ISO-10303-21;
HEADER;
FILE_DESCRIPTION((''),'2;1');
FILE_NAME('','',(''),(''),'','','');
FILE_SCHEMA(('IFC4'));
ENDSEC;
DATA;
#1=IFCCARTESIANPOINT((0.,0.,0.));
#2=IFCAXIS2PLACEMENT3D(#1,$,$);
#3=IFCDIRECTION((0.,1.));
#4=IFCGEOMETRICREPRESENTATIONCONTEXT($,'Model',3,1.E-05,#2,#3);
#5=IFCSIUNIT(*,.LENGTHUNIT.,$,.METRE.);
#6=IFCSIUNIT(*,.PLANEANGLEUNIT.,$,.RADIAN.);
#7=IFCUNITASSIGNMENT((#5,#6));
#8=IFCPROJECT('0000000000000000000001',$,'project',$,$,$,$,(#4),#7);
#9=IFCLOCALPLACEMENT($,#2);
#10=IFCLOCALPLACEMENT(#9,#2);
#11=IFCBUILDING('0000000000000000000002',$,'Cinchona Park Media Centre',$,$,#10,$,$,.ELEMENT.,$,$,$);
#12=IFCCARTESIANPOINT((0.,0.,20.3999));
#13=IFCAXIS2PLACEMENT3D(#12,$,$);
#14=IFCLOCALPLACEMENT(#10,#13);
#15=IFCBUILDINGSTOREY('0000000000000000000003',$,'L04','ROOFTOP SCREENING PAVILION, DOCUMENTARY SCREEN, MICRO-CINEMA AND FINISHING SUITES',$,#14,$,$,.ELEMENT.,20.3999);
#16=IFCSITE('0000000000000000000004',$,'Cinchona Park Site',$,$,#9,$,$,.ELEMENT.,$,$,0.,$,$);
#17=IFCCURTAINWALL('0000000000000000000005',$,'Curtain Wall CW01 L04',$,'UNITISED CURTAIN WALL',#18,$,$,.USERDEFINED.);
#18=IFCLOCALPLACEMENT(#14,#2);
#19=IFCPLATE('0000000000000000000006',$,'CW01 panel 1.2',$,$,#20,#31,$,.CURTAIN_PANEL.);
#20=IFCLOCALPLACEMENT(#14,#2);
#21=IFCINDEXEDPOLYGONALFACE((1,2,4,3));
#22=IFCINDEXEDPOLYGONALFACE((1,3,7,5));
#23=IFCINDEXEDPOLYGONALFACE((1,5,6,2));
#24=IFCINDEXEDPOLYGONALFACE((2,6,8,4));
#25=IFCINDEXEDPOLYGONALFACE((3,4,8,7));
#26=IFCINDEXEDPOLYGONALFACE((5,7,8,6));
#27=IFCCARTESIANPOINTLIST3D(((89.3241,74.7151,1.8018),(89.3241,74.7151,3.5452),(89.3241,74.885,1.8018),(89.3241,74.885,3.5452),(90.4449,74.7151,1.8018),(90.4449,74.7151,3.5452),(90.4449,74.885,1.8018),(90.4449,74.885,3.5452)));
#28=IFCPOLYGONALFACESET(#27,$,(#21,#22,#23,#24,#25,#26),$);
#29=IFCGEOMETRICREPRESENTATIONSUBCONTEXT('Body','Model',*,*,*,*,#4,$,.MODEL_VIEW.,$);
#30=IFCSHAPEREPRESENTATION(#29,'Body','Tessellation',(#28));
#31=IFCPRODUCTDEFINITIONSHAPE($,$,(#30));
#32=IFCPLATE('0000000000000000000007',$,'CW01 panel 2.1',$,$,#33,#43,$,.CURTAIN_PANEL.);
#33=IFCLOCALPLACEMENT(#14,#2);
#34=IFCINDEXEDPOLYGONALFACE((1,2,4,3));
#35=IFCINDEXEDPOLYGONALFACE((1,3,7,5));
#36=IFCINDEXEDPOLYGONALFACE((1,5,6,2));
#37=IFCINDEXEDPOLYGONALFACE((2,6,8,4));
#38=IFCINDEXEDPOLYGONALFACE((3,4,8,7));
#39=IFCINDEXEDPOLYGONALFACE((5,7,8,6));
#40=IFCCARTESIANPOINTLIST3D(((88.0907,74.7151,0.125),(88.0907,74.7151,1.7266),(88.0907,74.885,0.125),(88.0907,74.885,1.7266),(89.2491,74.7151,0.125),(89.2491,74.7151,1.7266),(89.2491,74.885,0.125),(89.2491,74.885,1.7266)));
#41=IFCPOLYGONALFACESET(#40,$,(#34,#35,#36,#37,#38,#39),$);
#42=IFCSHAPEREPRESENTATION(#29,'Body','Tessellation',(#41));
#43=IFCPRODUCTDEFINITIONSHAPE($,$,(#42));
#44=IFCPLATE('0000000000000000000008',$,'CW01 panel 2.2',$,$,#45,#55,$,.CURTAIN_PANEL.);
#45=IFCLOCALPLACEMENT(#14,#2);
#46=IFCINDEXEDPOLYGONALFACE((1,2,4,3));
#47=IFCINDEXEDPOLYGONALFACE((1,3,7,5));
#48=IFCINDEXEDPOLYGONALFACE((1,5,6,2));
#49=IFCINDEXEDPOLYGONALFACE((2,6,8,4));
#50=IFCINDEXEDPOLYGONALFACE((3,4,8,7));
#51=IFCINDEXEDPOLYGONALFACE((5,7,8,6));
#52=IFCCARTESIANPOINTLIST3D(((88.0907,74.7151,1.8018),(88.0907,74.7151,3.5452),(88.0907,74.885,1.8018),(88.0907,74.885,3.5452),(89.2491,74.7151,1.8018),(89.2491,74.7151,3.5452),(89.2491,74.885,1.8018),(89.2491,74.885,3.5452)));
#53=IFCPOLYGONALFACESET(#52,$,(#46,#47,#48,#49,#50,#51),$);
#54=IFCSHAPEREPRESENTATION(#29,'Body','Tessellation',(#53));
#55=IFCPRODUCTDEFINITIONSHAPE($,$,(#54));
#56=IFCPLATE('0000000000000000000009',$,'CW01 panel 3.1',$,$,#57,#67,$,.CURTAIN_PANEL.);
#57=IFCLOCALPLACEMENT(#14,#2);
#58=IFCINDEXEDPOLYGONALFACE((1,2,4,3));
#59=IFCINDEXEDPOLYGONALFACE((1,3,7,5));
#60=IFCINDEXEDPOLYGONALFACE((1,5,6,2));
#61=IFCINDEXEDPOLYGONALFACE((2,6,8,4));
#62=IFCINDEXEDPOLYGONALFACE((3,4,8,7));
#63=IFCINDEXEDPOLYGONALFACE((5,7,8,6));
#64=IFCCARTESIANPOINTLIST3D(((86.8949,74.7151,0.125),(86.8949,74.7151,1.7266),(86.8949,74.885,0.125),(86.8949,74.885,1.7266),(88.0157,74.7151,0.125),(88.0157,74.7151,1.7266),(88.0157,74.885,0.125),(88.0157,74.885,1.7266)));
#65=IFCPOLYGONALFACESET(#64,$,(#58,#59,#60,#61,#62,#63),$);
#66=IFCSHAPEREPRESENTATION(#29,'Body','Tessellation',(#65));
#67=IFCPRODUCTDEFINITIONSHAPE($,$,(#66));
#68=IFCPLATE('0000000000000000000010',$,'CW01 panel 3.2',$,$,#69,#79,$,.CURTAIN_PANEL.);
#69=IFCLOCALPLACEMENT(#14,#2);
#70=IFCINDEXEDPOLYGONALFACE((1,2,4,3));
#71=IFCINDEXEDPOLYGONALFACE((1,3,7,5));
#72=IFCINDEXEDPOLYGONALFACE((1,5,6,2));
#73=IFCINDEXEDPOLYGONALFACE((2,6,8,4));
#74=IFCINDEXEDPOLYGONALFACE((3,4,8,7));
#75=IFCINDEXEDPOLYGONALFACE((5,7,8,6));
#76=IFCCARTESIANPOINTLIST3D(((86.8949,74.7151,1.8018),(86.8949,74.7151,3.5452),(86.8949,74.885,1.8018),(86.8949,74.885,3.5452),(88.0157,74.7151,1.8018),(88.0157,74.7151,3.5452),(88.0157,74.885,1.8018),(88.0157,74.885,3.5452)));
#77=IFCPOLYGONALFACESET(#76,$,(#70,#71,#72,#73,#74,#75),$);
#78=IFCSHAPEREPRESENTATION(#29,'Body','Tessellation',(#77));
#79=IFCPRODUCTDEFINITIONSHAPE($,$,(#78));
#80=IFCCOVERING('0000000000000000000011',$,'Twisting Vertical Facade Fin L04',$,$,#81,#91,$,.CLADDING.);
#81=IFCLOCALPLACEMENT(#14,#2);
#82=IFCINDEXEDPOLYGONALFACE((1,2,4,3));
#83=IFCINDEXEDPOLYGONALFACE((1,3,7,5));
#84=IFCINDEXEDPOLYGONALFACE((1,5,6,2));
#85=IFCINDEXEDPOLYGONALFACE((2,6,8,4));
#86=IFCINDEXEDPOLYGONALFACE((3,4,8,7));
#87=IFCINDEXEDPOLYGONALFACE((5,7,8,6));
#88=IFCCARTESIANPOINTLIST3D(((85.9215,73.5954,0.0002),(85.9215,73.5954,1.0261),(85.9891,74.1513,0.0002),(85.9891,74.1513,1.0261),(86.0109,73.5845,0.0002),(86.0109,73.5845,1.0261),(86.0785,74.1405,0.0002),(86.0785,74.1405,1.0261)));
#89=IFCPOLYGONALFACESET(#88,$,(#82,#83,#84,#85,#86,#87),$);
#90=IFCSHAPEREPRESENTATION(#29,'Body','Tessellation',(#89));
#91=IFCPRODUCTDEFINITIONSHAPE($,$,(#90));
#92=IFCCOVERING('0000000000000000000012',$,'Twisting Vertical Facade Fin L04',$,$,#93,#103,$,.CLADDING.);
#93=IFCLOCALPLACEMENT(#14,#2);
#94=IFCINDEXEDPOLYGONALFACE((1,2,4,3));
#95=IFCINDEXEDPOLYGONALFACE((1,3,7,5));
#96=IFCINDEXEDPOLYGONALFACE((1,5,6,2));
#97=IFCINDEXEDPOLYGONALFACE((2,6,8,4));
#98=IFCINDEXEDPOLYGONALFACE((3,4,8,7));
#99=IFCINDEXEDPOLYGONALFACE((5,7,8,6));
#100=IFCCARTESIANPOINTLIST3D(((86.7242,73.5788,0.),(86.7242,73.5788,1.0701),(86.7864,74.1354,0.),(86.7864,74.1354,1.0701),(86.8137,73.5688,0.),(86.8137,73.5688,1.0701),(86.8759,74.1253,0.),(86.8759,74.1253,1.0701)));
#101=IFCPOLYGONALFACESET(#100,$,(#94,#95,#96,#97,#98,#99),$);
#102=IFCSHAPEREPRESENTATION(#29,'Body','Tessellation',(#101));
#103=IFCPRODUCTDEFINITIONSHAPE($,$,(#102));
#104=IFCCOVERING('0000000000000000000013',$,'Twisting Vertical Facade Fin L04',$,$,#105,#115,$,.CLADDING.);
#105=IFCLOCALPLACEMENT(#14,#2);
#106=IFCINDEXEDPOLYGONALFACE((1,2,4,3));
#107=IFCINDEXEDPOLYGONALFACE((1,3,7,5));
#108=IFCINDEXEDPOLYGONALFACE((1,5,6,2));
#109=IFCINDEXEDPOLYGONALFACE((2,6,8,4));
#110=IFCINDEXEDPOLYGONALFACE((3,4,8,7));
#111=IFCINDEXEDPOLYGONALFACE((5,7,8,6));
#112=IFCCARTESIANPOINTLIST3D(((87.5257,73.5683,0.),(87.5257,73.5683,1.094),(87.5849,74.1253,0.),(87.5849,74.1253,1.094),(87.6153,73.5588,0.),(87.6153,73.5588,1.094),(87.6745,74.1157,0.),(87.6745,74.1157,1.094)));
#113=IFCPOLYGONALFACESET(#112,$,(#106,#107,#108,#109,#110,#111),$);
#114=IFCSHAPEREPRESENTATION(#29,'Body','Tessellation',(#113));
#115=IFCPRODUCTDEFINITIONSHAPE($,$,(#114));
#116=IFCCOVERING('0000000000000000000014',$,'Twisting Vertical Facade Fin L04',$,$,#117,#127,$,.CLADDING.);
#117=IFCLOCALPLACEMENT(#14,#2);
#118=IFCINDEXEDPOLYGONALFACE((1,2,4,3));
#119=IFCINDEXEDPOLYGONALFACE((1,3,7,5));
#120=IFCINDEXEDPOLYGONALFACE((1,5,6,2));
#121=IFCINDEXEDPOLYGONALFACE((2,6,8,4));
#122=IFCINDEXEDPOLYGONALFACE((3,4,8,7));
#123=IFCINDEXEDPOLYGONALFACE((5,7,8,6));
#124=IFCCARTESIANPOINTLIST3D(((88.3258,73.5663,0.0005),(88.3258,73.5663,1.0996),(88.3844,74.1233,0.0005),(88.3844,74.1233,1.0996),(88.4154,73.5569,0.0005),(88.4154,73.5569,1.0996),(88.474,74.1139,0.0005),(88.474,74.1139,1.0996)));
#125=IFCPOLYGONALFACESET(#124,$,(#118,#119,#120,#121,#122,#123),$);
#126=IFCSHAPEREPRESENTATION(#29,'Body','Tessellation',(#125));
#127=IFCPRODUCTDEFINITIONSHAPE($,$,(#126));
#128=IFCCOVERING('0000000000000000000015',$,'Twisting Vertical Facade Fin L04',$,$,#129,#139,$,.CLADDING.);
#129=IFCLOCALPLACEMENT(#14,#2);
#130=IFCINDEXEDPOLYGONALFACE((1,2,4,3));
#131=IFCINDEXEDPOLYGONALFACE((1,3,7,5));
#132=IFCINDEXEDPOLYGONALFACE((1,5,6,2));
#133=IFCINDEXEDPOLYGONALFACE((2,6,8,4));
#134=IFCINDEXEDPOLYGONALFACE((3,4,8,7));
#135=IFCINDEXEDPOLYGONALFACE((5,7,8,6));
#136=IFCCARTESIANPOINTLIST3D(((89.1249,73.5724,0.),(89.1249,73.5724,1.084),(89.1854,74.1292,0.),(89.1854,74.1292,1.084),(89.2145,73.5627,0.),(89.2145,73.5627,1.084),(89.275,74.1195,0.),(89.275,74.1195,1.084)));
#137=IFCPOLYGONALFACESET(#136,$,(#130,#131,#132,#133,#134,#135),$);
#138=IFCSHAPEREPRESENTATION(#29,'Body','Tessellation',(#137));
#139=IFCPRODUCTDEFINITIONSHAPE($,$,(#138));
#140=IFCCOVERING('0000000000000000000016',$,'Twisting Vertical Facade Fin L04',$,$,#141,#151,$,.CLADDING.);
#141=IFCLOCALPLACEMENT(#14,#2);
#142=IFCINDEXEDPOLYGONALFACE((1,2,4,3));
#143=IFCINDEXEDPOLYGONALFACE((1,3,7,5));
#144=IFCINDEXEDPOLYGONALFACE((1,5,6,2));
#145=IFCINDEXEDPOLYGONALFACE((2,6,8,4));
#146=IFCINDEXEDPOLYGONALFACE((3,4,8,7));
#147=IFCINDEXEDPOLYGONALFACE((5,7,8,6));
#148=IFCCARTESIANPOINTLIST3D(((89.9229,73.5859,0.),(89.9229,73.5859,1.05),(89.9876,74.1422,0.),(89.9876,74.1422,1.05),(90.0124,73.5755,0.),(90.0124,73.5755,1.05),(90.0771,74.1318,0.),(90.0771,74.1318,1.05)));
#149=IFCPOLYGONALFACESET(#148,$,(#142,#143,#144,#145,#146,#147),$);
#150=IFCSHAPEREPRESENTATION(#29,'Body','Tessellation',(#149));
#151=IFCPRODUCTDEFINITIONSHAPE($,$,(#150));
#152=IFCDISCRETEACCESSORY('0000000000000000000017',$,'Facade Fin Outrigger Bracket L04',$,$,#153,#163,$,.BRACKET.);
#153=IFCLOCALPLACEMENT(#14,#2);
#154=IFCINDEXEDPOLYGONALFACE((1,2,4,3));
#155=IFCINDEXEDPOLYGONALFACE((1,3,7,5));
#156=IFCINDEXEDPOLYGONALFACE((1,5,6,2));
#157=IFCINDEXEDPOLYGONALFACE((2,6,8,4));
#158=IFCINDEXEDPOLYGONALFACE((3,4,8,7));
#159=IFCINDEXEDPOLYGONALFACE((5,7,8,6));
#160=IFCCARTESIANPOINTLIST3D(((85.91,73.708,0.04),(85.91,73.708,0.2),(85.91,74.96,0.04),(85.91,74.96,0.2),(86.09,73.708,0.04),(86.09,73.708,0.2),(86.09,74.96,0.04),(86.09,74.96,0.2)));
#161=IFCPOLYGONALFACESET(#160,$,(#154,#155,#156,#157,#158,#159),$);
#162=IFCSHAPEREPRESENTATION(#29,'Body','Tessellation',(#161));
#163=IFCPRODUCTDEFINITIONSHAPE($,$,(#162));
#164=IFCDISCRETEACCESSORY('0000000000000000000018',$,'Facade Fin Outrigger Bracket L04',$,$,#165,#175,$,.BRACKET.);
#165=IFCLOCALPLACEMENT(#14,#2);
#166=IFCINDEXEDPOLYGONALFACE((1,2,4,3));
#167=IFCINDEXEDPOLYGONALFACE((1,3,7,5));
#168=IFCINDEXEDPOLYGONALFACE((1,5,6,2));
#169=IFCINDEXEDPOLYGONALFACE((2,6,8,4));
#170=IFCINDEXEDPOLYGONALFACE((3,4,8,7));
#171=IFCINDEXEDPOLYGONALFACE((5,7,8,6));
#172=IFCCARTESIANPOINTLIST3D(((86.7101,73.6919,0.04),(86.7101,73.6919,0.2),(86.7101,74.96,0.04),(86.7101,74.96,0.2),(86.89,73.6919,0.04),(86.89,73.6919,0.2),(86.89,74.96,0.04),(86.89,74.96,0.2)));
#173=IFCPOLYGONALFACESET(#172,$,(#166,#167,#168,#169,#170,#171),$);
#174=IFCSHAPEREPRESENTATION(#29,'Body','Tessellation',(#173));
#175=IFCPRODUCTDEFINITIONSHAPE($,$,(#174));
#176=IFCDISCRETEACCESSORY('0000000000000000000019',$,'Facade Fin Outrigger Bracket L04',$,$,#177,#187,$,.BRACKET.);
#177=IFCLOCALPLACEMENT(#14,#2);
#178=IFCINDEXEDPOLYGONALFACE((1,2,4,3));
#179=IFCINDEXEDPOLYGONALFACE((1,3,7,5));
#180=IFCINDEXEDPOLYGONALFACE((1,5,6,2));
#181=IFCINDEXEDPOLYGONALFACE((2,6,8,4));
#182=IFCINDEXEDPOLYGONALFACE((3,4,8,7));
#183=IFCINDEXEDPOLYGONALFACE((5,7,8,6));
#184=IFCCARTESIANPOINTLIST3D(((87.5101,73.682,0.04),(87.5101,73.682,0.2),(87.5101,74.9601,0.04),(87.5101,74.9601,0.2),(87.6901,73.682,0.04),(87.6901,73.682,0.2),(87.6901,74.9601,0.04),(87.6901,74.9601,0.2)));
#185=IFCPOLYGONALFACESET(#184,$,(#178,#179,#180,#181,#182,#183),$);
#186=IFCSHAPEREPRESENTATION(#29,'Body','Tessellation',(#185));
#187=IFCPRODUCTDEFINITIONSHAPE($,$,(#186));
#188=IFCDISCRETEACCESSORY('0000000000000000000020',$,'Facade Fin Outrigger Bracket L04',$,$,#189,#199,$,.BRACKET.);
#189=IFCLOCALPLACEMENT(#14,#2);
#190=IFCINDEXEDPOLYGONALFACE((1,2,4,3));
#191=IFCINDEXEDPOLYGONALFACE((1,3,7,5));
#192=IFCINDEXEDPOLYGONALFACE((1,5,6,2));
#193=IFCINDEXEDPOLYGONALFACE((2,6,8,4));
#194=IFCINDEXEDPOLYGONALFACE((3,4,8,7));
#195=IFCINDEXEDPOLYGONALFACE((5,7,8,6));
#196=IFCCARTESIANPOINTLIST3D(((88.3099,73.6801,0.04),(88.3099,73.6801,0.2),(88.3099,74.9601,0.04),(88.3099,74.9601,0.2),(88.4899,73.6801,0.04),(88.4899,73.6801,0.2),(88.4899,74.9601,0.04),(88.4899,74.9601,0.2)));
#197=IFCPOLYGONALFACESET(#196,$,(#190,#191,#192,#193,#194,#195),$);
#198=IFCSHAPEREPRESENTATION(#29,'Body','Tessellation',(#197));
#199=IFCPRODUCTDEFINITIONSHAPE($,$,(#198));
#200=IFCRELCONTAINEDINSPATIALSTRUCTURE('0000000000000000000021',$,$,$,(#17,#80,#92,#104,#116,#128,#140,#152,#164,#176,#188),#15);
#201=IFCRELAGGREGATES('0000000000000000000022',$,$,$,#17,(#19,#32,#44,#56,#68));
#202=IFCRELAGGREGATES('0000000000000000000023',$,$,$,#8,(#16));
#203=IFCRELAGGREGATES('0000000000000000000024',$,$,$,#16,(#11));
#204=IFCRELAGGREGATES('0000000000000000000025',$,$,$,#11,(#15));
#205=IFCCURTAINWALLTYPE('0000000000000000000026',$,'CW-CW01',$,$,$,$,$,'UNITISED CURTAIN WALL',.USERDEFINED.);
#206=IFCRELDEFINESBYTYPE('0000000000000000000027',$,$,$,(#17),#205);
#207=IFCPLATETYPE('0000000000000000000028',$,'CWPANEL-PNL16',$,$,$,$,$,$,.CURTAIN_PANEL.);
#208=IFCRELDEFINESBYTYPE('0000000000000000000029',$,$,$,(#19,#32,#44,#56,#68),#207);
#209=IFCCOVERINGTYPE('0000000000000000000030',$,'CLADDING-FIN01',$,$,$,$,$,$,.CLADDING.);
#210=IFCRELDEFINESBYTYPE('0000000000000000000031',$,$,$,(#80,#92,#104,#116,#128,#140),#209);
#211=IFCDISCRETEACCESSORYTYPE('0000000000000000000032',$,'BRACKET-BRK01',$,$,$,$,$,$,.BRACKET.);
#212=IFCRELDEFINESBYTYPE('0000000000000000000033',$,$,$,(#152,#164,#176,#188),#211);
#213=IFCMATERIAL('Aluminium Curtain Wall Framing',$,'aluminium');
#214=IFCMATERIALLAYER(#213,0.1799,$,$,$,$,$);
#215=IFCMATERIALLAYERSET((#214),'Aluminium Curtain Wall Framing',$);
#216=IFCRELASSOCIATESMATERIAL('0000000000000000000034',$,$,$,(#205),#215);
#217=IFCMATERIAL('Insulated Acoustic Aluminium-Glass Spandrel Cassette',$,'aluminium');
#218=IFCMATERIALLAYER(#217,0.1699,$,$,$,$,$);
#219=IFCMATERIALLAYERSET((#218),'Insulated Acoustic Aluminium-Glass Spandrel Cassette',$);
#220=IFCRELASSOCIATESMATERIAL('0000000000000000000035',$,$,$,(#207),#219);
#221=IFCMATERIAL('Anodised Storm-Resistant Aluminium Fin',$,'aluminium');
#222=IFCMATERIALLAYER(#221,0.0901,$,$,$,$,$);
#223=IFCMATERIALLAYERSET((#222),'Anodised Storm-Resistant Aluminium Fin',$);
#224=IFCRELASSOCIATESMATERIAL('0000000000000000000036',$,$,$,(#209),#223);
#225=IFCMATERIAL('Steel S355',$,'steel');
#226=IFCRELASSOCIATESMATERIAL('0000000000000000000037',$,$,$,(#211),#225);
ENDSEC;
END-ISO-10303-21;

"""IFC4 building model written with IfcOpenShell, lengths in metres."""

from ifc_helpers import new_model, si_unit, direction, frame, origin, origin_2d, place, context, subcontext, project, spatial, rectangle, extrude, material, layer, layer_set, type_object, element, aggregate, save


model = new_model("IFC4")

# Units and contexts
model_context = context("Model", 3, precision=1e-05, world=origin(), true_north=direction((0.0, 1.0)))
body_context = subcontext(model_context, "Body", "Model", "MODEL_VIEW")
ifc_project = project(units=[si_unit("LENGTHUNIT", "METRE"), si_unit("PLANEANGLEUNIT", "RADIAN")], contexts=[model_context])

# Site, building, storey
site_placement = place(None, origin())
site = spatial("IfcSite", under=ifc_project, at=site_placement, Name="Cinchona Park Site", CompositionType="ELEMENT", RefElevation=0.0)
building_placement = place(site_placement, origin())
building = spatial("IfcBuilding", under=site, at=building_placement, Name="Cinchona Park Media Centre", CompositionType="ELEMENT")
storey_placement = place(building_placement, frame((0.0, 0.0, 20.3999)))
storey = spatial("IfcBuildingStorey", under=building, at=storey_placement, Name="L04", Description="ROOFTOP SCREENING PAVILION, DOCUMENTARY SCREEN, MICRO-CINEMA AND FINISHING SUITES", CompositionType="ELEMENT", Elevation=20.3999)

# Curtain wall, plates
ifc_material_1 = material(Name="Aluminium Curtain Wall Framing", Category="aluminium")
ifc_layer_1 = layer(ifc_material_1, 0.1799)
ifc_layer_set_1 = layer_set([ifc_layer_1], Name="Aluminium Curtain Wall Framing")
curtain_wall_type = type_object("IfcCurtainWallType", Name="CW-CW01", ElementType="UNITISED CURTAIN WALL", PredefinedType="USERDEFINED", material=ifc_layer_set_1)
curtain_wall_placement = place(storey_placement, origin())
curtain_wall = element("IfcCurtainWall", 1, at=curtain_wall_placement, inside=storey, type_object=curtain_wall_type, Name="Curtain Wall CW01 L04", ObjectType="UNITISED CURTAIN WALL", PredefinedType="USERDEFINED")
ifc_material_2 = material(Name="Insulated Acoustic Aluminium-Glass Spandrel Cassette", Category="aluminium")
ifc_layer_2 = layer(ifc_material_2, 0.1699)
ifc_layer_set_2 = layer_set([ifc_layer_2], Name="Insulated Acoustic Aluminium-Glass Spandrel Cassette")
plate_type = type_object("IfcPlateType", Name="CWPANEL-PNL16", PredefinedType="CURTAIN_PANEL", material=ifc_layer_set_2)
plate_1_placement = place(storey_placement, frame((89.8845, 74.8, 1.8018), z_axis=(0.0, 0.0, 1.0), x_axis=(-1.0, 0.0, 0.0)))
plate_1 = element("IfcPlate", 2, at=plate_1_placement, type_object=plate_type, Name="CW01 panel 1.2", PredefinedType="CURTAIN_PANEL", context=body_context, shape_type="SweptSolid", body=[
    extrude(rectangle(XDim=1.1208, YDim=0.1699, at=origin_2d()), origin(), (0.0, 0.0, 1.0), 1.7434),
])
plate_2_placement = place(storey_placement, frame((88.6699, 74.8, 0.125), z_axis=(0.0, 0.0, 1.0), x_axis=(-1.0, 0.0, 0.0)))
plate_2 = element("IfcPlate", 3, at=plate_2_placement, type_object=plate_type, Name="CW01 panel 2.1", PredefinedType="CURTAIN_PANEL", context=body_context, shape_type="SweptSolid", body=[
    extrude(rectangle(XDim=1.1584, YDim=0.1699, at=origin_2d()), origin(), (0.0, 0.0, 1.0), 1.6016),
])
plate_3_placement = place(storey_placement, frame((88.6699, 74.8, 1.8018), z_axis=(0.0, 0.0, 1.0), x_axis=(-1.0, 0.0, 0.0)))
plate_3 = element("IfcPlate", 4, at=plate_3_placement, type_object=plate_type, Name="CW01 panel 2.2", PredefinedType="CURTAIN_PANEL", context=body_context, shape_type="SweptSolid", body=[
    extrude(rectangle(XDim=1.1584, YDim=0.1699, at=origin_2d()), origin(), (0.0, 0.0, 1.0), 1.7434),
])
plate_4_placement = place(storey_placement, frame((87.4553, 74.8, 0.125), z_axis=(0.0, 0.0, 1.0), x_axis=(-1.0, 0.0, 0.0)))
plate_4 = element("IfcPlate", 5, at=plate_4_placement, type_object=plate_type, Name="CW01 panel 3.1", PredefinedType="CURTAIN_PANEL", context=body_context, shape_type="SweptSolid", body=[
    extrude(rectangle(XDim=1.1208, YDim=0.1699, at=origin_2d()), origin(), (0.0, 0.0, 1.0), 1.6016),
])
plate_5_placement = place(storey_placement, frame((87.4553, 74.8, 1.8018), z_axis=(0.0, 0.0, 1.0), x_axis=(-1.0, 0.0, 0.0)))
plate_5 = element("IfcPlate", 6, at=plate_5_placement, type_object=plate_type, Name="CW01 panel 3.2", PredefinedType="CURTAIN_PANEL", context=body_context, shape_type="SweptSolid", body=[
    extrude(rectangle(XDim=1.1208, YDim=0.1699, at=origin_2d()), origin(), (0.0, 0.0, 1.0), 1.7434),
])
aggregate(curtain_wall, [plate_1, plate_2, plate_3, plate_4, plate_5])

# Coverings
ifc_material_3 = material(Name="Anodised Storm-Resistant Aluminium Fin", Category="aluminium")
ifc_layer_3 = layer(ifc_material_3, 0.0901)
ifc_layer_set_3 = layer_set([ifc_layer_3], Name="Anodised Storm-Resistant Aluminium Fin")
covering_type = type_object("IfcCoveringType", Name="CLADDING-FIN01", PredefinedType="CLADDING", material=ifc_layer_set_3)
covering_1_placement = place(storey_placement, frame((86.0, 73.8679, 0.0002), z_axis=(0.0, 0.0, 1.0), x_axis=(0.12083, 0.992673, 0.0)))
element("IfcCovering", 7, at=covering_1_placement, inside=storey, type_object=covering_type, Name="Twisting Vertical Facade Fin L04", PredefinedType="CLADDING", context=body_context, shape_type="SweptSolid", body=[
    extrude(rectangle(XDim=0.5601, YDim=0.0901, at=origin_2d()), origin(), (0.0, 0.0, 1.0), 1.0259),
])
covering_2_placement = place(storey_placement, frame((86.8, 73.8521, 0.0), z_axis=(0.0, 0.0, 1.0), x_axis=(0.111122, 0.993807, 0.0)))
element("IfcCovering", 8, at=covering_2_placement, inside=storey, type_object=covering_type, Name="Twisting Vertical Facade Fin L04", PredefinedType="CLADDING", context=body_context, shape_type="SweptSolid", body=[
    extrude(rectangle(XDim=0.5601, YDim=0.0901, at=origin_2d()), origin(), (0.0, 0.0, 1.0), 1.0701),
])
covering_3_placement = place(storey_placement, frame((87.6001, 73.842, 0.0), z_axis=(0.0, 0.0, 1.0), x_axis=(0.105743, 0.994393, 0.0)))
element("IfcCovering", 9, at=covering_3_placement, inside=storey, type_object=covering_type, Name="Twisting Vertical Facade Fin L04", PredefinedType="CLADDING", context=body_context, shape_type="SweptSolid", body=[
    extrude(rectangle(XDim=0.5601, YDim=0.0901, at=origin_2d()), origin(), (0.0, 0.0, 1.0), 1.094),
])
covering_4_placement = place(storey_placement, frame((88.3999, 73.8401, 0.0005), z_axis=(0.0, 0.0, 1.0), x_axis=(0.104702, 0.994504, 0.0)))
element("IfcCovering", 10, at=covering_4_placement, inside=storey, type_object=covering_type, Name="Twisting Vertical Facade Fin L04", PredefinedType="CLADDING", context=body_context, shape_type="SweptSolid", body=[
    extrude(rectangle(XDim=0.5601, YDim=0.0901, at=origin_2d()), origin(), (0.0, 0.0, 1.0), 1.0991),
])
covering_5_placement = place(storey_placement, frame((89.2, 73.8459, 0.0), z_axis=(0.0, 0.0, 1.0), x_axis=(0.107999, 0.994151, 0.0)))
element("IfcCovering", 11, at=covering_5_placement, inside=storey, type_object=covering_type, Name="Twisting Vertical Facade Fin L04", PredefinedType="CLADDING", context=body_context, shape_type="SweptSolid", body=[
    extrude(rectangle(XDim=0.5601, YDim=0.0901, at=origin_2d()), origin(), (0.0, 0.0, 1.0), 1.084),
])
covering_6_placement = place(storey_placement, frame((90.0, 73.8589, 0.0), z_axis=(0.0, 0.0, 1.0), x_axis=(0.115457, 0.993312, 0.0)))
element("IfcCovering", 12, at=covering_6_placement, inside=storey, type_object=covering_type, Name="Twisting Vertical Facade Fin L04", PredefinedType="CLADDING", context=body_context, shape_type="SweptSolid", body=[
    extrude(rectangle(XDim=0.5601, YDim=0.0901, at=origin_2d()), origin(), (0.0, 0.0, 1.0), 1.05),
])

# Discrete accessories
ifc_material_4 = material(Name="Steel S355", Category="steel")
discrete_accessory_type = type_object("IfcDiscreteAccessoryType", Name="BRACKET-BRK01", PredefinedType="BRACKET", material=ifc_material_4)
discrete_accessory_1_placement = place(storey_placement, frame((86.0, 74.334, 0.04), z_axis=(0.0, 0.0, 1.0), x_axis=(1.0, 0.0, 0.0)))
element("IfcDiscreteAccessory", 13, at=discrete_accessory_1_placement, inside=storey, type_object=discrete_accessory_type, Name="Facade Fin Outrigger Bracket L04", PredefinedType="BRACKET", context=body_context, shape_type="SweptSolid", body=[
    extrude(rectangle(XDim=0.1799, YDim=1.252, at=origin_2d()), origin(), (0.0, 0.0, 1.0), 0.1599),
])
discrete_accessory_2_placement = place(storey_placement, frame((86.8, 74.3259, 0.04), z_axis=(0.0, 0.0, 1.0), x_axis=(1.0, 0.0, 0.0)))
element("IfcDiscreteAccessory", 14, at=discrete_accessory_2_placement, inside=storey, type_object=discrete_accessory_type, Name="Facade Fin Outrigger Bracket L04", PredefinedType="BRACKET", context=body_context, shape_type="SweptSolid", body=[
    extrude(rectangle(XDim=0.1799, YDim=1.2681, at=origin_2d()), origin(), (0.0, 0.0, 1.0), 0.1599),
])
discrete_accessory_3_placement = place(storey_placement, frame((87.6001, 74.321, 0.04), z_axis=(0.0, 0.0, 1.0), x_axis=(1.0, 0.0, 0.0)))
element("IfcDiscreteAccessory", 15, at=discrete_accessory_3_placement, inside=storey, type_object=discrete_accessory_type, Name="Facade Fin Outrigger Bracket L04", PredefinedType="BRACKET", context=body_context, shape_type="SweptSolid", body=[
    extrude(rectangle(XDim=0.1799, YDim=1.2781, at=origin_2d()), origin(), (0.0, 0.0, 1.0), 0.1599),
])
discrete_accessory_4_placement = place(storey_placement, frame((88.3999, 74.3201, 0.04), z_axis=(0.0, 0.0, 1.0), x_axis=(1.0, 0.0, 0.0)))
element("IfcDiscreteAccessory", 16, at=discrete_accessory_4_placement, inside=storey, type_object=discrete_accessory_type, Name="Facade Fin Outrigger Bracket L04", PredefinedType="BRACKET", context=body_context, shape_type="SweptSolid", body=[
    extrude(rectangle(XDim=0.1799, YDim=1.28, at=origin_2d()), origin(), (0.0, 0.0, 1.0), 0.1599),
])

save(model, "model.ifc")
